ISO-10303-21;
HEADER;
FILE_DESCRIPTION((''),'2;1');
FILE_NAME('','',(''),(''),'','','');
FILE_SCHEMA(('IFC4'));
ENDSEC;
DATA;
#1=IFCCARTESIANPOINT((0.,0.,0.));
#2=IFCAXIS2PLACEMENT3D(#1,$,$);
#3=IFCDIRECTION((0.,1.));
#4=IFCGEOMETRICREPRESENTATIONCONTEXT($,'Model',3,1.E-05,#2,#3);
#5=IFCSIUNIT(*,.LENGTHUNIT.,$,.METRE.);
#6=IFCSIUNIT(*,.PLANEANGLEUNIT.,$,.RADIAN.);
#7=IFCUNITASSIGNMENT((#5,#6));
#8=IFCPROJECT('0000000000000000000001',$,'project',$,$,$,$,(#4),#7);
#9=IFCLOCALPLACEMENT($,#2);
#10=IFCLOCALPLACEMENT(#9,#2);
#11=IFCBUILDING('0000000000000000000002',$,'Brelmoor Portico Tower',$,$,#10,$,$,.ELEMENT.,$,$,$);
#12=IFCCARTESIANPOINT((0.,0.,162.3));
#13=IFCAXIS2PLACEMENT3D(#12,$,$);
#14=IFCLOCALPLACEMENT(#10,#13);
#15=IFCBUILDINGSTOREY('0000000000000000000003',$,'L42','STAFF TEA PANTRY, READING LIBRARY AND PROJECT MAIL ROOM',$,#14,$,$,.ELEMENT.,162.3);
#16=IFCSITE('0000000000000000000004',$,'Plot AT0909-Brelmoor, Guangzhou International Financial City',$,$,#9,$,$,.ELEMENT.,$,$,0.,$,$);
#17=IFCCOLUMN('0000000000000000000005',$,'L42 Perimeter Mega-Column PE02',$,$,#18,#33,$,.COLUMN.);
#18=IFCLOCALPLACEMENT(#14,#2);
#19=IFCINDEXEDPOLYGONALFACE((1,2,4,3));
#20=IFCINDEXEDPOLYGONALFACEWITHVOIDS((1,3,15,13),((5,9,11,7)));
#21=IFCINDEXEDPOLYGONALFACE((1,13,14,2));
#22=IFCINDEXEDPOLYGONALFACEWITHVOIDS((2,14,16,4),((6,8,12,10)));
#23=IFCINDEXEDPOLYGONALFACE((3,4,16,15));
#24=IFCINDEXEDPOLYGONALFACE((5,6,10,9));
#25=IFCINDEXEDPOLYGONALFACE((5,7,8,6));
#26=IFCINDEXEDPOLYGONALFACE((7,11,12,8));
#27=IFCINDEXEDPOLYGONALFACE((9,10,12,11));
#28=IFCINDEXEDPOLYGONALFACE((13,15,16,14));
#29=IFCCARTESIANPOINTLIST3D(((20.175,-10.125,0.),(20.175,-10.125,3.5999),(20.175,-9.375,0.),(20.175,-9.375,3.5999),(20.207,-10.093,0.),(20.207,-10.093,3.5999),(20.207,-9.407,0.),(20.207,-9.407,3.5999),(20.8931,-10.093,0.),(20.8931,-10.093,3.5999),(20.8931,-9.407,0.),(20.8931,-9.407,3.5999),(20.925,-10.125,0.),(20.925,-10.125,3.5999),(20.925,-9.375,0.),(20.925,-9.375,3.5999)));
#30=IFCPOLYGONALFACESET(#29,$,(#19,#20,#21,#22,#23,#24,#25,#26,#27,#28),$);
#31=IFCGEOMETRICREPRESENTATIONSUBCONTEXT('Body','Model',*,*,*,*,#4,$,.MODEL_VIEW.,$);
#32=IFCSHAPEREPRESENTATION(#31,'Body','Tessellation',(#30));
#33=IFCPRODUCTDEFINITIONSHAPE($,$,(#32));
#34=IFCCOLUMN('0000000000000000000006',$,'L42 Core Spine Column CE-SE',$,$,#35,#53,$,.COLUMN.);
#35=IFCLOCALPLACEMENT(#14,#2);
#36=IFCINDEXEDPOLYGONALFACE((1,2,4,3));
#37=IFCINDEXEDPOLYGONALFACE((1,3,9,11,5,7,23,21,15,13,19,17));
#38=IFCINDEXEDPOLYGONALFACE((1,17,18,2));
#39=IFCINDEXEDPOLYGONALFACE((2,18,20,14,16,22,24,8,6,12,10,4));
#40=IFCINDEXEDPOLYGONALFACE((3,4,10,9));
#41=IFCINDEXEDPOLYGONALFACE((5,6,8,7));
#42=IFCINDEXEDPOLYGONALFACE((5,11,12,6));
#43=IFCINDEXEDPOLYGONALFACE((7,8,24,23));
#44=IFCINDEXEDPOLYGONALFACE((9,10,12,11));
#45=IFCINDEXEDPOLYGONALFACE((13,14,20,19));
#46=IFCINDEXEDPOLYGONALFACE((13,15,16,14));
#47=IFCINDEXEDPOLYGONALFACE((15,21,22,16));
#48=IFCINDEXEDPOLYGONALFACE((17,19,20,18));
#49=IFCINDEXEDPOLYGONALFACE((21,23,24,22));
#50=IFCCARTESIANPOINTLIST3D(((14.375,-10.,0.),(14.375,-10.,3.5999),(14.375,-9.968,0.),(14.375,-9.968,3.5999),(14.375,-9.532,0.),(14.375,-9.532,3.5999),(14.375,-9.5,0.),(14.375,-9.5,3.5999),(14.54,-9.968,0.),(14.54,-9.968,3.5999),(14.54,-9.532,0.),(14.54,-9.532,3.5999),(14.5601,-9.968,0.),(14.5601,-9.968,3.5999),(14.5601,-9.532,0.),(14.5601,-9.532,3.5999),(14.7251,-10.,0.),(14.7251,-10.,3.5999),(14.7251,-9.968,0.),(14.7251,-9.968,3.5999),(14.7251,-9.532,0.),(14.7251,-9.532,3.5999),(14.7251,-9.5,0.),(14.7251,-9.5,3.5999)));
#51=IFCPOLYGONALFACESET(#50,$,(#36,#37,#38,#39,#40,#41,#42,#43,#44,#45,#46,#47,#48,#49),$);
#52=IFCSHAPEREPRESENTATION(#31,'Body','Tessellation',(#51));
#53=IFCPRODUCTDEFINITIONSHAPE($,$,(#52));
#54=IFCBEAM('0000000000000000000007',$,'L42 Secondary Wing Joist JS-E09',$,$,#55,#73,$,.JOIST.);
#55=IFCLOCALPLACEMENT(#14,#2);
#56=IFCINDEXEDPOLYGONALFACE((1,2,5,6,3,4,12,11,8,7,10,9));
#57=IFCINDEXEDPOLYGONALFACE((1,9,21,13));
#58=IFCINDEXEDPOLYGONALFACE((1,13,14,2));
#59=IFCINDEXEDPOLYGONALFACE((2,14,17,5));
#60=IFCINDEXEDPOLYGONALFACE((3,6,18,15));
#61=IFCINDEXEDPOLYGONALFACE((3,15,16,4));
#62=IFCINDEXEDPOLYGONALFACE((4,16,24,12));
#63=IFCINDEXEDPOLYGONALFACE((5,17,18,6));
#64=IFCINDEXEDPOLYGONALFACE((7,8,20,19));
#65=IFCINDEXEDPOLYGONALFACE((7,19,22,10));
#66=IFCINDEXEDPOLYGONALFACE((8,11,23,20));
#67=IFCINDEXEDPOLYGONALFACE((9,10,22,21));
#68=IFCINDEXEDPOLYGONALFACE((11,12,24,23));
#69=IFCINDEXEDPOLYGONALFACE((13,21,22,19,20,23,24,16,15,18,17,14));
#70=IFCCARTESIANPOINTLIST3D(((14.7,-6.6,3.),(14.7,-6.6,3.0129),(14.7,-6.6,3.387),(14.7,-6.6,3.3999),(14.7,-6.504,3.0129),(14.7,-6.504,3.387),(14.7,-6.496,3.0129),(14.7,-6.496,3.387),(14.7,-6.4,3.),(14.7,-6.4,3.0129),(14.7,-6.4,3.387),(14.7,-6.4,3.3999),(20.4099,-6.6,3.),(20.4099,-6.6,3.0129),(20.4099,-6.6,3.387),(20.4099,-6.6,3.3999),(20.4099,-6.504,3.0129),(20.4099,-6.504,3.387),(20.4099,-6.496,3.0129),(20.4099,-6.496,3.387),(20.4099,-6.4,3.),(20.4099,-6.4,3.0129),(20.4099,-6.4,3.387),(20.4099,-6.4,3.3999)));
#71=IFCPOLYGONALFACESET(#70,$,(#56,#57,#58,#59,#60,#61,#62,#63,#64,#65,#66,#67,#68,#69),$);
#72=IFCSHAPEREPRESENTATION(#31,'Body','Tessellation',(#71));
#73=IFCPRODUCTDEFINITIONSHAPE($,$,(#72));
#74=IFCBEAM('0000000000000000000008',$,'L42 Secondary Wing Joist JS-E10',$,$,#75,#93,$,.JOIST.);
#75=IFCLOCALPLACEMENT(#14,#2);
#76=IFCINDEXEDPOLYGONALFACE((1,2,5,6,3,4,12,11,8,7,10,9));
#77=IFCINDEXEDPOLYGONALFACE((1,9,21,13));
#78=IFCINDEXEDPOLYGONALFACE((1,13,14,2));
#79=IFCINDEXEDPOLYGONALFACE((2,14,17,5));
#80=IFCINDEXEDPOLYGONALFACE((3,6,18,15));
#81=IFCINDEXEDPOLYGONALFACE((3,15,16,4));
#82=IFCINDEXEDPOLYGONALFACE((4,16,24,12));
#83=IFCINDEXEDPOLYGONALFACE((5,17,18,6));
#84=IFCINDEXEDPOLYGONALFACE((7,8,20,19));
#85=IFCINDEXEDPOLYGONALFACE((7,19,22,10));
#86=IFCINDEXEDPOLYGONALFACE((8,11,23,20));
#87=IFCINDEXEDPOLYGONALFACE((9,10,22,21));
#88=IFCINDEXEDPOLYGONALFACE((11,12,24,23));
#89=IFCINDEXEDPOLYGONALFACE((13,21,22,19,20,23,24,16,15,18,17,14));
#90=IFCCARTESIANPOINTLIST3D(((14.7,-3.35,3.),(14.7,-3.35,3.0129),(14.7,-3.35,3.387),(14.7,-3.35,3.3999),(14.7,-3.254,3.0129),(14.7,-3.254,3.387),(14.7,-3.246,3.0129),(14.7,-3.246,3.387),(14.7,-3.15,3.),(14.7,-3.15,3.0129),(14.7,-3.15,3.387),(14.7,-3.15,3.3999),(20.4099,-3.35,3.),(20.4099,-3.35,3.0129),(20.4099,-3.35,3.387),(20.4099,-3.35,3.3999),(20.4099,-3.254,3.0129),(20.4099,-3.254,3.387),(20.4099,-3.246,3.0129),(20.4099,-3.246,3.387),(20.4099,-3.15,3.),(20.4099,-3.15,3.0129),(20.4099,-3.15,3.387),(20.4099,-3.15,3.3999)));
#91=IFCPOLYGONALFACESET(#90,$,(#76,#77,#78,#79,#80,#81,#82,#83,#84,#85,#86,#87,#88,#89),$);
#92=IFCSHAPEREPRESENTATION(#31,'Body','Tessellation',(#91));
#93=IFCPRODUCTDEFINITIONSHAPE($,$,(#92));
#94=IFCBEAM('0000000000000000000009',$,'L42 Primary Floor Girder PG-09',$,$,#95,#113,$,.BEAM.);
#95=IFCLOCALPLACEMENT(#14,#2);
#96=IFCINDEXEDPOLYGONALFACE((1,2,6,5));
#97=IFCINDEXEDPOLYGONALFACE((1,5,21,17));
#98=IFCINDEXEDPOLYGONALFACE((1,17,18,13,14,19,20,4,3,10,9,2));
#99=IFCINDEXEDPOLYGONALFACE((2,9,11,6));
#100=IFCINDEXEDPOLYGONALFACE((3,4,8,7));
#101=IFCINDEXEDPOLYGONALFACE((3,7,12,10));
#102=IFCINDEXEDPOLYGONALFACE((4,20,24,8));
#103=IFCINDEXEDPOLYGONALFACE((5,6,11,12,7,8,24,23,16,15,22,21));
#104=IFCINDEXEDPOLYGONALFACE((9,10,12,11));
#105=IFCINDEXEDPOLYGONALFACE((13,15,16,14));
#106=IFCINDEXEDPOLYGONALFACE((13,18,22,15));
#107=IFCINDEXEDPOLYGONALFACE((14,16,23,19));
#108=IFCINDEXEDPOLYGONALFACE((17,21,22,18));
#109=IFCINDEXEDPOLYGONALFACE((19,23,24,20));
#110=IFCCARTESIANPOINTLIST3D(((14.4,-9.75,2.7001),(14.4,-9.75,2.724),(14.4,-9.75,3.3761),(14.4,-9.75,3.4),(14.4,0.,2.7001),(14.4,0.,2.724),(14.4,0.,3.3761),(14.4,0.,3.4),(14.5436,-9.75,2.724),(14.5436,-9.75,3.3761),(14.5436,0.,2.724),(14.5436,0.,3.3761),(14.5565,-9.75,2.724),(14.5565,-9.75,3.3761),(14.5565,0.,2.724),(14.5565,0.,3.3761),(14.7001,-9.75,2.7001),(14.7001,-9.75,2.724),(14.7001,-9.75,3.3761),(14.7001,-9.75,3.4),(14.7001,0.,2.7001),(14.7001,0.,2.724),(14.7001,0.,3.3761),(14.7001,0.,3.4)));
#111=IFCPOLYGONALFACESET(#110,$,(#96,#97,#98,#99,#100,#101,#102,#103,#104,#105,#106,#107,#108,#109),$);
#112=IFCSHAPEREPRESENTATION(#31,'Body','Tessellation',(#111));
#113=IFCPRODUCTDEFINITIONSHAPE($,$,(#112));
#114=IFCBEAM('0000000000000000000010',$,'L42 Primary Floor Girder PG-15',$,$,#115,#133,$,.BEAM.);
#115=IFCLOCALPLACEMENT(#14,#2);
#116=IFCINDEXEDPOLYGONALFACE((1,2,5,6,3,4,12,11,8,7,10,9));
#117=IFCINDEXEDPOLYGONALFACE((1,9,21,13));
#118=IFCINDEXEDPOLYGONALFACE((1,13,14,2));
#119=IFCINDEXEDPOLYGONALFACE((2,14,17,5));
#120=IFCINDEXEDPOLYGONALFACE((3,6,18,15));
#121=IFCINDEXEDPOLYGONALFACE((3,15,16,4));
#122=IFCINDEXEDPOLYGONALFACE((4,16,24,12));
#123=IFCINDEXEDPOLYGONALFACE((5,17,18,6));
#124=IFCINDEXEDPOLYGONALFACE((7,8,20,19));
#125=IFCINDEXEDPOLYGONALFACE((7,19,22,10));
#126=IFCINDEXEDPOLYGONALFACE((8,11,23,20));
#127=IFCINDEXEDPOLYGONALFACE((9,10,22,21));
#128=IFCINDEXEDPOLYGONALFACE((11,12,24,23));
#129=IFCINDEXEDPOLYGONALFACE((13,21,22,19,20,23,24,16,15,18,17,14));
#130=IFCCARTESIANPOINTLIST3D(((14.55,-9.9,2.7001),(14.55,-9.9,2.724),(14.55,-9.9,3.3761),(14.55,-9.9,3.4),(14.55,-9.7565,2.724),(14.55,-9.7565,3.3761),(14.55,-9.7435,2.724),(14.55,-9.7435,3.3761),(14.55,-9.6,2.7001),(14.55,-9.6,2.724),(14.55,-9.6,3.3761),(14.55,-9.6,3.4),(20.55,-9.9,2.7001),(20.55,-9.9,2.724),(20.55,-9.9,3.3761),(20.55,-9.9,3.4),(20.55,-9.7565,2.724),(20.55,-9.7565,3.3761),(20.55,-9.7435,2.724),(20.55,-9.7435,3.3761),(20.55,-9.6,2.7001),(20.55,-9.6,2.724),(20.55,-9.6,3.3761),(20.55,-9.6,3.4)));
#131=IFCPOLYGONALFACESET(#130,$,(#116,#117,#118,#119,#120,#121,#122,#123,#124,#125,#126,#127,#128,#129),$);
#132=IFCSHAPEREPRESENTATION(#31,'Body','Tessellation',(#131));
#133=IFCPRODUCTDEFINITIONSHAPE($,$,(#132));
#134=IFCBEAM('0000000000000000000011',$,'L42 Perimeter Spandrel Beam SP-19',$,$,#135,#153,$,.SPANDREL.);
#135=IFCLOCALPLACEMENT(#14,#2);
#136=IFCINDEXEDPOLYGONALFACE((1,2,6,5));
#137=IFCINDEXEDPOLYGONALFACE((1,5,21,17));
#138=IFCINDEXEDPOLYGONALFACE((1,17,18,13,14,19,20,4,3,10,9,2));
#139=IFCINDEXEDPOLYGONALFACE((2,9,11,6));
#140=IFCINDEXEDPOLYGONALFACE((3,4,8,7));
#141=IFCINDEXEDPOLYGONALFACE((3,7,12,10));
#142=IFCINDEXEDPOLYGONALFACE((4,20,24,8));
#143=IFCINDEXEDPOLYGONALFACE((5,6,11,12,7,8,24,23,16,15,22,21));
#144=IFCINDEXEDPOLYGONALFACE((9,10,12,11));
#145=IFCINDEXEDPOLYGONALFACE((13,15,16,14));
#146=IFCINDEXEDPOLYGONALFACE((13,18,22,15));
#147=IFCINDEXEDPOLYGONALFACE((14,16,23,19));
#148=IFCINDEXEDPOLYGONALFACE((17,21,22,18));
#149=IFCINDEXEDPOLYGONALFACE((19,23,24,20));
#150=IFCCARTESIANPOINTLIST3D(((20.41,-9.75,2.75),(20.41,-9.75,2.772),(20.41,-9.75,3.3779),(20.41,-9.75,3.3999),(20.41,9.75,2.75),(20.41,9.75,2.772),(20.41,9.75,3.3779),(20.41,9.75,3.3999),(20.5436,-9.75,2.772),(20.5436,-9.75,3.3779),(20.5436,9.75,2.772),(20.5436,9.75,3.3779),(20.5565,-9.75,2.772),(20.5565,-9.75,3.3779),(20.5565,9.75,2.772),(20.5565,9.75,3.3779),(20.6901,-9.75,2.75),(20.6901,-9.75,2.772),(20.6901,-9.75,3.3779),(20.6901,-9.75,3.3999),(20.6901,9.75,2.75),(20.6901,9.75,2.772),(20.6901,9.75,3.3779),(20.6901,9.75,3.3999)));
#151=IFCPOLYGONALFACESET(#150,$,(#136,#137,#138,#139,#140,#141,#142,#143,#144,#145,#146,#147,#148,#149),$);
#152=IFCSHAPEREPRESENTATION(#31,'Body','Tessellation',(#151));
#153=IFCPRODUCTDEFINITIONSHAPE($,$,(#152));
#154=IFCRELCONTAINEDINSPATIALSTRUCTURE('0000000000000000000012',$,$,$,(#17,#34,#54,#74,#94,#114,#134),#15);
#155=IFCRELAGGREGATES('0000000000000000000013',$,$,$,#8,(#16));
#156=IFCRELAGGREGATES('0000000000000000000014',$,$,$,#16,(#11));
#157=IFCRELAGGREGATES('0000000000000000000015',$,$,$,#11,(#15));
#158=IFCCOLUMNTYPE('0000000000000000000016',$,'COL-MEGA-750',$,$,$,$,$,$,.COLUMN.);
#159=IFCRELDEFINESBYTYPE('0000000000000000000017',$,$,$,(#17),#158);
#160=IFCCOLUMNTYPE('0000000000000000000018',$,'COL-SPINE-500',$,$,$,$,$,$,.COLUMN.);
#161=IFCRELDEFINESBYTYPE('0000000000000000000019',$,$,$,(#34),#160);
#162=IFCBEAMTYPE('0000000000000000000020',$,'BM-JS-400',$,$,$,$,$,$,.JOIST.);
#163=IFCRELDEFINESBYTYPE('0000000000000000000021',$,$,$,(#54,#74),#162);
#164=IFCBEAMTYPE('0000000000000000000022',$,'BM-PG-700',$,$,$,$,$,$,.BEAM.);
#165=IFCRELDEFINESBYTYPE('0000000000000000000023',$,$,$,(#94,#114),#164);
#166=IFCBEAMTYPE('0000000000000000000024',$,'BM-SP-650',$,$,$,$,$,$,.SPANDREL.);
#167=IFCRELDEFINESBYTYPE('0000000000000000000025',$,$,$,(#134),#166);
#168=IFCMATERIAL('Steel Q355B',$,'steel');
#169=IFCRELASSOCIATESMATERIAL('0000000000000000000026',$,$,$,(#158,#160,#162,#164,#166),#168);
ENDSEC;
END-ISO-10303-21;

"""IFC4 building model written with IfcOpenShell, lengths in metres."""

from ifc_helpers import new_model, si_unit, direction, frame, origin, origin_2d, place, context, subcontext, project, spatial, hollow_rectangle, i_section, extrude, material, material_profile, profile_set, type_object, element, save


model = new_model("IFC4")

# Units and contexts
model_context = context("Model", 3, precision=1e-05, world=origin(), true_north=direction((0.0, 1.0)))
body_context = subcontext(model_context, "Body", "Model", "MODEL_VIEW")
ifc_project = project(units=[si_unit("LENGTHUNIT", "METRE"), si_unit("PLANEANGLEUNIT", "RADIAN")], contexts=[model_context])

# Site, building, storey
site_placement = place(None, origin())
site = spatial("IfcSite", under=ifc_project, at=site_placement, Name="Plot AT0909-Brelmoor, Guangzhou International Financial City", CompositionType="ELEMENT", RefElevation=0.0)
building_placement = place(site_placement, origin())
building = spatial("IfcBuilding", under=site, at=building_placement, Name="Brelmoor Portico Tower", CompositionType="ELEMENT")
storey_placement = place(building_placement, frame((0.0, 0.0, 162.3)))
storey = spatial("IfcBuildingStorey", under=building, at=storey_placement, Name="L42", Description="STAFF TEA PANTRY, READING LIBRARY AND PROJECT MAIL ROOM", CompositionType="ELEMENT", Elevation=162.3)

# Columns
ifc_material_1 = material(Name="Steel Q355B", Category="steel")
ifc_material_profile_1 = material_profile(ifc_material_1, hollow_rectangle(XDim=0.75, YDim=0.75, WallThickness=0.032, at=origin_2d()), Name="BOX 750x750x32")
ifc_profile_set_1 = profile_set([ifc_material_profile_1], Name="Steel Q355B")
column_type_1 = type_object("IfcColumnType", Name="COL-MEGA-750", PredefinedType="COLUMN", material=ifc_profile_set_1)
column_1_placement = place(storey_placement, frame((20.55, -9.75, 0.0), z_axis=(0.0, 0.0, 1.0), x_axis=(0.0, 1.0, 0.0)))
element("IfcColumn", 1, at=column_1_placement, inside=storey, type_object=column_type_1, Name="L42 Perimeter Mega-Column PE02", PredefinedType="COLUMN", context=body_context, shape_type="SweptSolid", body=[
    extrude(hollow_rectangle(XDim=0.75, YDim=0.75, WallThickness=0.032, at=origin_2d()), origin(), (0.0, 0.0, 1.0), 3.5999),
])
ifc_material_profile_2 = material_profile(ifc_material_1, i_section(OverallWidth=0.3501, OverallDepth=0.5, WebThickness=0.02, FlangeThickness=0.032, at=origin_2d()), Name="HW 500x350x20x32")
ifc_profile_set_2 = profile_set([ifc_material_profile_2], Name="Steel Q355B")
column_type_2 = type_object("IfcColumnType", Name="COL-SPINE-500", PredefinedType="COLUMN", material=ifc_profile_set_2)
column_2_placement = place(storey_placement, frame((14.55, -9.75, 0.0), z_axis=(0.0, 0.0, 1.0), x_axis=(1.0, 0.0, 0.0)))
element("IfcColumn", 2, at=column_2_placement, inside=storey, type_object=column_type_2, Name="L42 Core Spine Column CE-SE", PredefinedType="COLUMN", context=body_context, shape_type="SweptSolid", body=[
    extrude(i_section(OverallWidth=0.3501, OverallDepth=0.5, WebThickness=0.02, FlangeThickness=0.032, at=origin_2d()), origin(), (0.0, 0.0, 1.0), 3.5999),
])

# Beams
ifc_material_profile_3 = material_profile(ifc_material_1, i_section(OverallWidth=0.2, OverallDepth=0.3999, WebThickness=0.0081, FlangeThickness=0.0129, at=origin_2d()), Name="HN 400x200x8x13")
ifc_profile_set_3 = profile_set([ifc_material_profile_3], Name="Steel Q355B")
beam_type_1 = type_object("IfcBeamType", Name="BM-JS-400", PredefinedType="JOIST", material=ifc_profile_set_3)
for number, where, z_axis, x_axis, name in (
    (3, (14.7, -6.5, 3.2), (1.0, 0.0, 0.0), (0.0, 1.0, 0.0), "L42 Secondary Wing Joist JS-E09"),
    (4, (14.7, -3.25, 3.2), (1.0, 0.0, 0.0), (0.0, 1.0, 0.0), "L42 Secondary Wing Joist JS-E10"),
):
    element("IfcBeam", number, at=place(storey_placement, frame(where, z_axis=z_axis, x_axis=x_axis)), inside=storey, type_object=beam_type_1, Name=name, PredefinedType="JOIST", context=body_context, shape_type="SweptSolid", body=[
        extrude(i_section(OverallWidth=0.2, OverallDepth=0.3999, WebThickness=0.0081, FlangeThickness=0.0129, at=origin_2d()), origin(), (0.0, 0.0, 1.0), 5.71),
    ])
ifc_material_profile_4 = material_profile(ifc_material_1, i_section(OverallWidth=0.3, OverallDepth=0.7, WebThickness=0.0129, FlangeThickness=0.0239, at=origin_2d()), Name="HN 700x300x13x24")
ifc_profile_set_4 = profile_set([ifc_material_profile_4], Name="Steel Q355B")
beam_type_2 = type_object("IfcBeamType", Name="BM-PG-700", PredefinedType="BEAM", material=ifc_profile_set_4)
beam_1_placement = place(storey_placement, frame((14.55, -9.75, 3.05), z_axis=(0.0, 1.0, 0.0), x_axis=(-1.0, 0.0, 0.0)))
element("IfcBeam", 5, at=beam_1_placement, inside=storey, type_object=beam_type_2, Name="L42 Primary Floor Girder PG-09", PredefinedType="BEAM", context=body_context, shape_type="SweptSolid", body=[
    extrude(i_section(OverallWidth=0.3, OverallDepth=0.7, WebThickness=0.0129, FlangeThickness=0.0239, at=origin_2d()), origin(), (0.0, 0.0, 1.0), 9.75),
])
beam_2_placement = place(storey_placement, frame((14.55, -9.75, 3.05), z_axis=(1.0, 0.0, 0.0), x_axis=(0.0, 1.0, 0.0)))
element("IfcBeam", 6, at=beam_2_placement, inside=storey, type_object=beam_type_2, Name="L42 Primary Floor Girder PG-15", PredefinedType="BEAM", context=body_context, shape_type="SweptSolid", body=[
    extrude(i_section(OverallWidth=0.3, OverallDepth=0.7, WebThickness=0.0129, FlangeThickness=0.0239, at=origin_2d()), origin(), (0.0, 0.0, 1.0), 6.0),
])
ifc_material_profile_5 = material_profile(ifc_material_1, i_section(OverallWidth=0.28, OverallDepth=0.6499, WebThickness=0.0129, FlangeThickness=0.022, at=origin_2d()), Name="HN 650x280x13x22")
ifc_profile_set_5 = profile_set([ifc_material_profile_5], Name="Steel Q355B")
beam_type_3 = type_object("IfcBeamType", Name="BM-SP-650", PredefinedType="SPANDREL", material=ifc_profile_set_5)
beam_3_placement = place(storey_placement, frame((20.55, -9.75, 3.075), z_axis=(0.0, 1.0, 0.0), x_axis=(-1.0, 0.0, 0.0)))
element("IfcBeam", 7, at=beam_3_placement, inside=storey, type_object=beam_type_3, Name="L42 Perimeter Spandrel Beam SP-19", PredefinedType="SPANDREL", context=body_context, shape_type="SweptSolid", body=[
    extrude(i_section(OverallWidth=0.28, OverallDepth=0.6499, WebThickness=0.0129, FlangeThickness=0.022, at=origin_2d()), origin(), (0.0, 0.0, 1.0), 19.5),
])

save(model, "model.ifc")
